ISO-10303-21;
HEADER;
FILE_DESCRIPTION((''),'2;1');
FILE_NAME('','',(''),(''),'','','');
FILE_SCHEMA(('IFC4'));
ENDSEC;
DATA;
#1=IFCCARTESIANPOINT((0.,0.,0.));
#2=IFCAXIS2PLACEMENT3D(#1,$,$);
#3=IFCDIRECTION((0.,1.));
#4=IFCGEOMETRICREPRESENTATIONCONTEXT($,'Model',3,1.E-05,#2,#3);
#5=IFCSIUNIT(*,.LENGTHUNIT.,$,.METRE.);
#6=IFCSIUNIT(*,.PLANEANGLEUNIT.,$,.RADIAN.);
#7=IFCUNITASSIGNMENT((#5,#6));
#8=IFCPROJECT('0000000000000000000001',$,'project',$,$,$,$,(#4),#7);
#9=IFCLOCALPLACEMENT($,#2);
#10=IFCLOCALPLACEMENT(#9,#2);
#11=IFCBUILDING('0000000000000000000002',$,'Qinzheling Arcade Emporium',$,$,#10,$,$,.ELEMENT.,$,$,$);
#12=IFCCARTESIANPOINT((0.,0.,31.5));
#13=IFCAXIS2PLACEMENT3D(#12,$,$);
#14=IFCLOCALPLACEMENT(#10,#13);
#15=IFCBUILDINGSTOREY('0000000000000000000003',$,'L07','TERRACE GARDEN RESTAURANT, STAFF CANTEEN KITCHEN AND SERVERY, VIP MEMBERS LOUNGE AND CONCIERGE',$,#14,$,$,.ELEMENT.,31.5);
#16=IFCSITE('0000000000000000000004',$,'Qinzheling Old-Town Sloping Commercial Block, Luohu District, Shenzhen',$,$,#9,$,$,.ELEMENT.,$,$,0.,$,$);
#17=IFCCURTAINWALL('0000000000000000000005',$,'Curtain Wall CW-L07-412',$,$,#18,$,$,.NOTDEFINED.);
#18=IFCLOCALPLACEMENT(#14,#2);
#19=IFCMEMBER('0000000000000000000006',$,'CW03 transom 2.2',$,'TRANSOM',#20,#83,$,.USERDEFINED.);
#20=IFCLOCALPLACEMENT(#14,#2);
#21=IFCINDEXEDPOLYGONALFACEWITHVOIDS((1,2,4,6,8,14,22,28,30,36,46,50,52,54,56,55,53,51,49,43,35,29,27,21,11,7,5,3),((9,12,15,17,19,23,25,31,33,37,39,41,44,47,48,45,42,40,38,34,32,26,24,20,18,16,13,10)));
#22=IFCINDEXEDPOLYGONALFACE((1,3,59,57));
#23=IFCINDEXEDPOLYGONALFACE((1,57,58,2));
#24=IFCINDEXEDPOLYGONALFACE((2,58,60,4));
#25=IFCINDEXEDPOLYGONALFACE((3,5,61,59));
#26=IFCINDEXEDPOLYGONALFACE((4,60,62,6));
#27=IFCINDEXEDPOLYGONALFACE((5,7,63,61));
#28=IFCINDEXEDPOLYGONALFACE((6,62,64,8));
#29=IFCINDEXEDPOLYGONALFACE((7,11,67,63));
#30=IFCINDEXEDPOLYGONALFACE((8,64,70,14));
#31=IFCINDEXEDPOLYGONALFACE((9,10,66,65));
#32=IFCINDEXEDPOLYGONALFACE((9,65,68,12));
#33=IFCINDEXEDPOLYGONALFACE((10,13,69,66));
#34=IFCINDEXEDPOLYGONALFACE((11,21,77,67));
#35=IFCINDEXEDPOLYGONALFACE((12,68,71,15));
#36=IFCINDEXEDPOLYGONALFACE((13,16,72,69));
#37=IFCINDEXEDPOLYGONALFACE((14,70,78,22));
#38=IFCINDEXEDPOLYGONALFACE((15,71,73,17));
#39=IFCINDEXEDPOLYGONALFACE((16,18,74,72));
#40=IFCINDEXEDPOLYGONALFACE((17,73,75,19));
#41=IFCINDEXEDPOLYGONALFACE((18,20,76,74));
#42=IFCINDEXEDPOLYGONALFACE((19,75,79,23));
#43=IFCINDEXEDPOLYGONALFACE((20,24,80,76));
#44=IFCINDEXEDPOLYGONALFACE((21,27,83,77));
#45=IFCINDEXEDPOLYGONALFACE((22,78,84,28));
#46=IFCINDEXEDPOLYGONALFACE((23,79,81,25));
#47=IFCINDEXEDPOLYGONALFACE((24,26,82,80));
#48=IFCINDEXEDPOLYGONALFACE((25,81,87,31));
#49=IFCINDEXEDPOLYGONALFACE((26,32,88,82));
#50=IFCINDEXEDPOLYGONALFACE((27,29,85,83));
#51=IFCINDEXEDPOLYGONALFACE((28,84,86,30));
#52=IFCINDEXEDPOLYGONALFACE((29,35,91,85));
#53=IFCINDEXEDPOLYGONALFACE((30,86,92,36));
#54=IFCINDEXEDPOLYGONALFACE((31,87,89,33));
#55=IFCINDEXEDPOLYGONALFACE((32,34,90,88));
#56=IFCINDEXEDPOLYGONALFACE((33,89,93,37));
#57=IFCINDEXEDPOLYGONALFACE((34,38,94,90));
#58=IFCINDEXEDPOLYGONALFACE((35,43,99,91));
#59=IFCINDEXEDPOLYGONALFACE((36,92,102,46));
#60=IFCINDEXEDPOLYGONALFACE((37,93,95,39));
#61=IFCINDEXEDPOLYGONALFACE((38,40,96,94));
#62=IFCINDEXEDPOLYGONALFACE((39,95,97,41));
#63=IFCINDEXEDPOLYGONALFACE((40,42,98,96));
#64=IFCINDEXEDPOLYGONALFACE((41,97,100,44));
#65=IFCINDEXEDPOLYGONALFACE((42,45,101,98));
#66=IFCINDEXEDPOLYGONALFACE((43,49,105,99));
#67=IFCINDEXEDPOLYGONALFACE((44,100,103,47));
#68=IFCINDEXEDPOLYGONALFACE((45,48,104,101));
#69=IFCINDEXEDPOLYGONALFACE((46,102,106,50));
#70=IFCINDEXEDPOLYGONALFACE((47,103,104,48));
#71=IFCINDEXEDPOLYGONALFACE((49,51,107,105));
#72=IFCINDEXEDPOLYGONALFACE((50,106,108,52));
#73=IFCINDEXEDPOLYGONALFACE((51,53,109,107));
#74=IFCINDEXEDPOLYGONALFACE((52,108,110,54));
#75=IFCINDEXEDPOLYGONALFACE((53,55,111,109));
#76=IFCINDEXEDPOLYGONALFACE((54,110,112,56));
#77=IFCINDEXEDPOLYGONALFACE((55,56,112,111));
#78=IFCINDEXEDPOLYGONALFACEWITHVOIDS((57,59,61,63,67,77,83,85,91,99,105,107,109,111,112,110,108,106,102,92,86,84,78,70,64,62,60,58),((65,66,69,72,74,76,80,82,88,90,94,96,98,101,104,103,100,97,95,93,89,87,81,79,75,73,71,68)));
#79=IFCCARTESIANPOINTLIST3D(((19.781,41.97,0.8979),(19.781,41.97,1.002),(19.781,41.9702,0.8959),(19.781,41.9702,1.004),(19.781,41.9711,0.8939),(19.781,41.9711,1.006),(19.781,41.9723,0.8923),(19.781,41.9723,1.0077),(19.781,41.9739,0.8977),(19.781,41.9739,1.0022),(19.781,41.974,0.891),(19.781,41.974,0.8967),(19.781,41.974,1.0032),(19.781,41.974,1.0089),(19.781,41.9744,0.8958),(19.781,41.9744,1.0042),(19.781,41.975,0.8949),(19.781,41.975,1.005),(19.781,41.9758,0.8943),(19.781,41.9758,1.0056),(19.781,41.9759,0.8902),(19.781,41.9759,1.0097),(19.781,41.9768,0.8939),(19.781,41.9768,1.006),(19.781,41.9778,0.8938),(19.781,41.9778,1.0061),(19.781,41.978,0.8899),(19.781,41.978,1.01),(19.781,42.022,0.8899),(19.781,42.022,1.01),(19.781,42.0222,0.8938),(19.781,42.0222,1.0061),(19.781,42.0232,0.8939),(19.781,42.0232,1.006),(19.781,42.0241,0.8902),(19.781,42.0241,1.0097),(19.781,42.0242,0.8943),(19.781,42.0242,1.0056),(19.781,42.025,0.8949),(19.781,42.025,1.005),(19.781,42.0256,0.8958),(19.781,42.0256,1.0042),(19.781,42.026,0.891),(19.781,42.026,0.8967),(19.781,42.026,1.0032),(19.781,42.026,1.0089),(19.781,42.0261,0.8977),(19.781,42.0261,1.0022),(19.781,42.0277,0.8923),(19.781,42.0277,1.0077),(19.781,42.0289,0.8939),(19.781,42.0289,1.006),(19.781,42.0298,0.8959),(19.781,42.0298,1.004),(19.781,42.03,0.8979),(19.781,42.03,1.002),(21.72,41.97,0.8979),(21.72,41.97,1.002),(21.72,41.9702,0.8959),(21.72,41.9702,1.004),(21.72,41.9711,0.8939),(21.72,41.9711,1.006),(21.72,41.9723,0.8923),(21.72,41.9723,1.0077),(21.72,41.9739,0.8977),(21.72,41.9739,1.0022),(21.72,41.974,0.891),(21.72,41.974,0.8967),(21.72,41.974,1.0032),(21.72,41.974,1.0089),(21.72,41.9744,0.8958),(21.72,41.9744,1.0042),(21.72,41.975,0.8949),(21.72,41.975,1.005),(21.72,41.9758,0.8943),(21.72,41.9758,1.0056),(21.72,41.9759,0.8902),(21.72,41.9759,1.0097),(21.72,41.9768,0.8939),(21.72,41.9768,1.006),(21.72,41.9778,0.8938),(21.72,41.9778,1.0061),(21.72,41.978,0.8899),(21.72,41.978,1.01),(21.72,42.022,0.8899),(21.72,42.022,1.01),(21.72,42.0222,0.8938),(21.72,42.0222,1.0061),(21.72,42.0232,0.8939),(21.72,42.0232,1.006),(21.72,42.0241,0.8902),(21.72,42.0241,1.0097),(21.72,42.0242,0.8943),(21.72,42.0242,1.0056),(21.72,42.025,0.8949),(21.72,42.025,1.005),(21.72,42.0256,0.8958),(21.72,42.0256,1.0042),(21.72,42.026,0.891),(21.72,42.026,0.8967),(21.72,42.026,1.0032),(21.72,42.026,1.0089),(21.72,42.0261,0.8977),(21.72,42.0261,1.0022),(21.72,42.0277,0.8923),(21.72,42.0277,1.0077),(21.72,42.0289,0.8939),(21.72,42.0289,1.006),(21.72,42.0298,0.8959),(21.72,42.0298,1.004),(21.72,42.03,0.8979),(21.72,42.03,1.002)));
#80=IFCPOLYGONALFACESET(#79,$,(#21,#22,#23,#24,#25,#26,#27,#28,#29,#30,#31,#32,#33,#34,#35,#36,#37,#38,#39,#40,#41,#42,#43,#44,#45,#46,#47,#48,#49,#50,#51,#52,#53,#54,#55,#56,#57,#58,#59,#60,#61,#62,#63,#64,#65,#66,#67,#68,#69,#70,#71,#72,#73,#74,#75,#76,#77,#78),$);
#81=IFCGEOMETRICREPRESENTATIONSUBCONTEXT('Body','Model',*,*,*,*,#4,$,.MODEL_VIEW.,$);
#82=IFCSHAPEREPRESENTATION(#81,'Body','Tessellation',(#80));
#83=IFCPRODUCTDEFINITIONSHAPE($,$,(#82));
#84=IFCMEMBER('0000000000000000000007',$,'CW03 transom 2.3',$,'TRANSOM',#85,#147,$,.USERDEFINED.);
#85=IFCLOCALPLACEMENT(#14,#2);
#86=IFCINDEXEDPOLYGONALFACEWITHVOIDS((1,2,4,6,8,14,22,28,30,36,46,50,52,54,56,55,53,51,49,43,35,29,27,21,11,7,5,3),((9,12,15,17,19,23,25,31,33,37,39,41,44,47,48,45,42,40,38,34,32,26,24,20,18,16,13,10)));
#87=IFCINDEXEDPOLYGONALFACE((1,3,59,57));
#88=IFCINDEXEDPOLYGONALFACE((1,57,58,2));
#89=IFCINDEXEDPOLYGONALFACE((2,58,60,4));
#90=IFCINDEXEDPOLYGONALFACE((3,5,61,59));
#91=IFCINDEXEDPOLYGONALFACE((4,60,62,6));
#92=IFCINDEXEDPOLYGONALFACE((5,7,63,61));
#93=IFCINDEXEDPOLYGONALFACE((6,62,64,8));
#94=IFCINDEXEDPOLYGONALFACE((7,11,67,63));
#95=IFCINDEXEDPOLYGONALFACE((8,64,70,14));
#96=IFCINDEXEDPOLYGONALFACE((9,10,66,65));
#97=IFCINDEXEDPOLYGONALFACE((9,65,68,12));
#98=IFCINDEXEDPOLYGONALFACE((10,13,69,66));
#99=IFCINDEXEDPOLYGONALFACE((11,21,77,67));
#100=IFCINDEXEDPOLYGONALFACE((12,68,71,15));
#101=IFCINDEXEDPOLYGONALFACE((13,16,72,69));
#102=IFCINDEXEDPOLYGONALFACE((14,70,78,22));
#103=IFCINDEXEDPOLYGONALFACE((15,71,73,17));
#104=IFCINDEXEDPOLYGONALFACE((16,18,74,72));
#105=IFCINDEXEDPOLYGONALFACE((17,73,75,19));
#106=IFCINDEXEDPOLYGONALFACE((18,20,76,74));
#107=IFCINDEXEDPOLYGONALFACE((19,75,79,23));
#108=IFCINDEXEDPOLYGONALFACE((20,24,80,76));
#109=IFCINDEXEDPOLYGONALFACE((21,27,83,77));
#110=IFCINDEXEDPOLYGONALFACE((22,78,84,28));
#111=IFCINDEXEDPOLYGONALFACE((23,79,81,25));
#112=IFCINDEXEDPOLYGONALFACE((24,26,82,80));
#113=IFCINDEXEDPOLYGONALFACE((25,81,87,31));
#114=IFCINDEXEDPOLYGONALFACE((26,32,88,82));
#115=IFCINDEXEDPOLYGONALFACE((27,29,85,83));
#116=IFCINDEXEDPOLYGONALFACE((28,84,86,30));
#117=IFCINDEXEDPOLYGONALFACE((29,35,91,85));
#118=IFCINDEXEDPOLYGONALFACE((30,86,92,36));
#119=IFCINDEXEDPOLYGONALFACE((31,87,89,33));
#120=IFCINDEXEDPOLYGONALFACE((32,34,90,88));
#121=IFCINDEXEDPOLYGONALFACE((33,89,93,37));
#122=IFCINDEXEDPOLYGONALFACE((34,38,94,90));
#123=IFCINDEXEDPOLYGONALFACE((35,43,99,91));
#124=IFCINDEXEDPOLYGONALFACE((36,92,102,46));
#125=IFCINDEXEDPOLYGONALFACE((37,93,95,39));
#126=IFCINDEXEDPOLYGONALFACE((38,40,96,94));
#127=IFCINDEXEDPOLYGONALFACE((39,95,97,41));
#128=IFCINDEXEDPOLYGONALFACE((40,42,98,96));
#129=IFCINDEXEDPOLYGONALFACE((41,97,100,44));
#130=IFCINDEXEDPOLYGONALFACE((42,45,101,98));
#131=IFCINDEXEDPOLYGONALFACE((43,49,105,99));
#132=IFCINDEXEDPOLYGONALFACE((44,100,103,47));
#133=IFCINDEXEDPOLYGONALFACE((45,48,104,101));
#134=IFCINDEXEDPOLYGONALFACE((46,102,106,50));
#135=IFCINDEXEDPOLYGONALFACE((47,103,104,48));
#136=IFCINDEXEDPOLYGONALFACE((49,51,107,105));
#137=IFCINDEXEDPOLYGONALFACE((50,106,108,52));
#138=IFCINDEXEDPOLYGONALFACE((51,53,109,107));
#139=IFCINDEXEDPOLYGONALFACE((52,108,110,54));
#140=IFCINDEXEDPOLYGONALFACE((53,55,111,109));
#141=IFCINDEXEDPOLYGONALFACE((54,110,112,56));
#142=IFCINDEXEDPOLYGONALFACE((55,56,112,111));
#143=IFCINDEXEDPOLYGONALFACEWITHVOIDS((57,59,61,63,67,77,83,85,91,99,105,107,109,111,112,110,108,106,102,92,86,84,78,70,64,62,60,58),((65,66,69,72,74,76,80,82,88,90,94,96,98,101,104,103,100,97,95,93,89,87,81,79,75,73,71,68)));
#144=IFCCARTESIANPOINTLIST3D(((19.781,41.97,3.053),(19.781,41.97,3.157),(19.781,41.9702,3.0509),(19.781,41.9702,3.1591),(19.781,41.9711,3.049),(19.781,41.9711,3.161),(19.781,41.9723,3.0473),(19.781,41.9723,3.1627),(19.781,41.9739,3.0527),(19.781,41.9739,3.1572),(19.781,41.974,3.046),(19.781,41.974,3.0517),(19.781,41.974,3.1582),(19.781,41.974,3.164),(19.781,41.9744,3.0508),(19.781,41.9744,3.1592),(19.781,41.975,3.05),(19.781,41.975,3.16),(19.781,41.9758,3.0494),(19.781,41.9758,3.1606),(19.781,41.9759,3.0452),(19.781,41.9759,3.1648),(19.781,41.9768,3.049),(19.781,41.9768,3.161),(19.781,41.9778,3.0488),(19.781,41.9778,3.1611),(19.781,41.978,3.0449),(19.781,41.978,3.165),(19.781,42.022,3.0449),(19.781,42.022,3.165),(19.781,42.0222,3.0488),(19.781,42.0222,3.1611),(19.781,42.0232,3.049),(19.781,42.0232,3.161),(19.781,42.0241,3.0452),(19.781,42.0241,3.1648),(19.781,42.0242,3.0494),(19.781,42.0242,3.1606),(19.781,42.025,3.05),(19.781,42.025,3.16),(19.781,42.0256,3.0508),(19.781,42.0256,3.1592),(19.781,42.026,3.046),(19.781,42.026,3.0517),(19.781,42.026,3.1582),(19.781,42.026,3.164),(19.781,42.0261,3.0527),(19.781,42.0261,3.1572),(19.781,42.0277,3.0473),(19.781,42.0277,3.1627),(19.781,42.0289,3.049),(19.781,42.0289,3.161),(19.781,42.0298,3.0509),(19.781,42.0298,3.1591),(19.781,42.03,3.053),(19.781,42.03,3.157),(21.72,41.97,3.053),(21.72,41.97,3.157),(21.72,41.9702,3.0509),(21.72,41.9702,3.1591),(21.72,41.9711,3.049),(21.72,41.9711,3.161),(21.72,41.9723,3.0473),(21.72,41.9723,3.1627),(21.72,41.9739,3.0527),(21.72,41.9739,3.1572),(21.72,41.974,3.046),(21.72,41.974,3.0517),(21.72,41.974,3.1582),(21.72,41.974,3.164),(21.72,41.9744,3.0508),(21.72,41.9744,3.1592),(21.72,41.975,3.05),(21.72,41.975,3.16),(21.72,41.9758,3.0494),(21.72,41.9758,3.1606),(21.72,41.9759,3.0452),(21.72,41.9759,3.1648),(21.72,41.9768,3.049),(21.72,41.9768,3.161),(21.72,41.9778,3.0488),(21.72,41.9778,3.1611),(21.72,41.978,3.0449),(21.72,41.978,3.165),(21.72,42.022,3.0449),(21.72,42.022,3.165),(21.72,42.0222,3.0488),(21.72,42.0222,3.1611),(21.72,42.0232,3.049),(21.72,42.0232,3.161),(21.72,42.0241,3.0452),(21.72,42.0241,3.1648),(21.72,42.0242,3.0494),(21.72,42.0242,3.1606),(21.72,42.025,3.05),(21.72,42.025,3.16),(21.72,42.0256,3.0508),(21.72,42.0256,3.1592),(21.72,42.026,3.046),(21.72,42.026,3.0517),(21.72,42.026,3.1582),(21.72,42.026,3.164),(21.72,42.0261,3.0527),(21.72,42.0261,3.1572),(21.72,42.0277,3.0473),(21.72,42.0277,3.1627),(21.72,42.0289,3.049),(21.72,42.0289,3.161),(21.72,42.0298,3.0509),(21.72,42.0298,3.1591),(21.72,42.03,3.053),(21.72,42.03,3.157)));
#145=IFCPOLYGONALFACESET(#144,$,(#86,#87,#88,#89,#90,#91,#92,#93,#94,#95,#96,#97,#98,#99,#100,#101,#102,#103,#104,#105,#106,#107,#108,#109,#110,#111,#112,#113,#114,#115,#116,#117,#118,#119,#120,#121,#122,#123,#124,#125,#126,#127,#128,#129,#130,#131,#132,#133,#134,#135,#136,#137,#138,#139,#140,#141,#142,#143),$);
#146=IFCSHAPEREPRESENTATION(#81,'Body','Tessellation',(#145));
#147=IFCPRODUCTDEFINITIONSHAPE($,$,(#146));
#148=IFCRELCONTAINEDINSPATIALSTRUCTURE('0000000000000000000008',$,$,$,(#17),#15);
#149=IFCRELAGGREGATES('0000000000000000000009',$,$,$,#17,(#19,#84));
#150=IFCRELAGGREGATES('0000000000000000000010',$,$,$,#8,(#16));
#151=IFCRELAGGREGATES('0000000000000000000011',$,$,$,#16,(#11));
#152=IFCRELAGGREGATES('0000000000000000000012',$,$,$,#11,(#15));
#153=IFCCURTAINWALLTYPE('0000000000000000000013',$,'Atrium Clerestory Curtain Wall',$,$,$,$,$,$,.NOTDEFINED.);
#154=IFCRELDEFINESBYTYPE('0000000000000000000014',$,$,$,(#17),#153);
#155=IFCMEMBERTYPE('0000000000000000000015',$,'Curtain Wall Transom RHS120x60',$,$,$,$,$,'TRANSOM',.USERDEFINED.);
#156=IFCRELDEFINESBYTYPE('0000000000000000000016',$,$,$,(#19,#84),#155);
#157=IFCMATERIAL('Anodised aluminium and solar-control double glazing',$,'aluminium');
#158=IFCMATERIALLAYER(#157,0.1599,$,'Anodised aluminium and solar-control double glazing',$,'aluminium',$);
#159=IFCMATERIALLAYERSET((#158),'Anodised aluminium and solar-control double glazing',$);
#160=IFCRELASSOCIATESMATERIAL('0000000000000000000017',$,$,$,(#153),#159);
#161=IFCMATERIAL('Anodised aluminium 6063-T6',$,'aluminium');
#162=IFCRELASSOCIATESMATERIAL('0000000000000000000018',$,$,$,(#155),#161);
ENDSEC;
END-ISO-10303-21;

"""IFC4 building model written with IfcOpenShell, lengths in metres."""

from ifc_helpers import new_model, si_unit, direction, frame, origin, origin_2d, place, context, subcontext, project, spatial, hollow_rectangle, extrude, material, layer, layer_set, material_profile, profile_set, type_object, element, aggregate, save


model = new_model("IFC4")

# Units and contexts
model_context = context("Model", 3, precision=1e-05, world=origin(), true_north=direction((0.0, 1.0)))
body_context = subcontext(model_context, "Body", "Model", "MODEL_VIEW")
ifc_project = project(units=[si_unit("LENGTHUNIT", "METRE"), si_unit("PLANEANGLEUNIT", "RADIAN")], contexts=[model_context])

# Site, building, storey
site_placement = place(None, origin())
site = spatial("IfcSite", under=ifc_project, at=site_placement, Name="Qinzheling Old-Town Sloping Commercial Block, Luohu District, Shenzhen", CompositionType="ELEMENT", RefElevation=0.0)
building_placement = place(site_placement, origin())
building = spatial("IfcBuilding", under=site, at=building_placement, Name="Qinzheling Arcade Emporium", CompositionType="ELEMENT")
storey_placement = place(building_placement, frame((0.0, 0.0, 31.5)))
storey = spatial("IfcBuildingStorey", under=building, at=storey_placement, Name="L07", Description="TERRACE GARDEN RESTAURANT, STAFF CANTEEN KITCHEN AND SERVERY, VIP MEMBERS LOUNGE AND CONCIERGE", CompositionType="ELEMENT", Elevation=31.5)

# Curtain wall, members
ifc_material_1 = material(Name="Anodised aluminium and solar-control double glazing", Category="aluminium")
ifc_layer_1 = layer(ifc_material_1, 0.1599, Name="Anodised aluminium and solar-control double glazing", Category="aluminium")
ifc_layer_set_1 = layer_set([ifc_layer_1], Name="Anodised aluminium and solar-control double glazing")
curtain_wall_type = type_object("IfcCurtainWallType", Name="Atrium Clerestory Curtain Wall", PredefinedType="NOTDEFINED", material=ifc_layer_set_1)
curtain_wall_placement = place(storey_placement, origin())
curtain_wall = element("IfcCurtainWall", 1, at=curtain_wall_placement, inside=storey, type_object=curtain_wall_type, Name="Curtain Wall CW-L07-412", PredefinedType="NOTDEFINED")
ifc_material_2 = material(Name="Anodised aluminium 6063-T6", Category="aluminium")
ifc_material_profile_1 = material_profile(ifc_material_2, hollow_rectangle(XDim=0.0601, YDim=0.1201, WallThickness=0.0039, InnerFilletRadius=0.0039, OuterFilletRadius=0.0081, at=origin_2d()), Name="RHS 120x60x4", Category="aluminium")
ifc_profile_set_1 = profile_set([ifc_material_profile_1], Name="Anodised aluminium 6063-T6")
member_type_1 = type_object("IfcMemberType", Name="Curtain Wall Transom RHS120x60", ElementType="TRANSOM", PredefinedType="USERDEFINED", material=ifc_profile_set_1)
member_1_placement = place(storey_placement, frame((19.781, 42.0, 0.95), z_axis=(1.0, 0.0, 0.0), x_axis=(0.0, 1.0, 0.0)))
member_1 = element("IfcMember", 2, at=member_1_placement, type_object=member_type_1, Name="CW03 transom 2.2", ObjectType="TRANSOM", PredefinedType="USERDEFINED", context=body_context, shape_type="SweptSolid", body=[
    extrude(hollow_rectangle(XDim=0.0601, YDim=0.1201, WallThickness=0.0039, InnerFilletRadius=0.0039, OuterFilletRadius=0.0081, at=origin_2d()), origin(), (0.0, 0.0, 1.0), 1.939),
])
member_2_placement = place(storey_placement, frame((19.781, 42.0, 3.105), z_axis=(1.0, 0.0, 0.0), x_axis=(0.0, 1.0, 0.0)))
member_2 = element("IfcMember", 3, at=member_2_placement, type_object=member_type_1, Name="CW03 transom 2.3", ObjectType="TRANSOM", PredefinedType="USERDEFINED", context=body_context, shape_type="SweptSolid", body=[
    extrude(hollow_rectangle(XDim=0.0601, YDim=0.1201, WallThickness=0.0039, InnerFilletRadius=0.0039, OuterFilletRadius=0.0081, at=origin_2d()), origin(), (0.0, 0.0, 1.0), 1.939),
])
aggregate(curtain_wall, [member_1, member_2])

save(model, "model.ifc")
